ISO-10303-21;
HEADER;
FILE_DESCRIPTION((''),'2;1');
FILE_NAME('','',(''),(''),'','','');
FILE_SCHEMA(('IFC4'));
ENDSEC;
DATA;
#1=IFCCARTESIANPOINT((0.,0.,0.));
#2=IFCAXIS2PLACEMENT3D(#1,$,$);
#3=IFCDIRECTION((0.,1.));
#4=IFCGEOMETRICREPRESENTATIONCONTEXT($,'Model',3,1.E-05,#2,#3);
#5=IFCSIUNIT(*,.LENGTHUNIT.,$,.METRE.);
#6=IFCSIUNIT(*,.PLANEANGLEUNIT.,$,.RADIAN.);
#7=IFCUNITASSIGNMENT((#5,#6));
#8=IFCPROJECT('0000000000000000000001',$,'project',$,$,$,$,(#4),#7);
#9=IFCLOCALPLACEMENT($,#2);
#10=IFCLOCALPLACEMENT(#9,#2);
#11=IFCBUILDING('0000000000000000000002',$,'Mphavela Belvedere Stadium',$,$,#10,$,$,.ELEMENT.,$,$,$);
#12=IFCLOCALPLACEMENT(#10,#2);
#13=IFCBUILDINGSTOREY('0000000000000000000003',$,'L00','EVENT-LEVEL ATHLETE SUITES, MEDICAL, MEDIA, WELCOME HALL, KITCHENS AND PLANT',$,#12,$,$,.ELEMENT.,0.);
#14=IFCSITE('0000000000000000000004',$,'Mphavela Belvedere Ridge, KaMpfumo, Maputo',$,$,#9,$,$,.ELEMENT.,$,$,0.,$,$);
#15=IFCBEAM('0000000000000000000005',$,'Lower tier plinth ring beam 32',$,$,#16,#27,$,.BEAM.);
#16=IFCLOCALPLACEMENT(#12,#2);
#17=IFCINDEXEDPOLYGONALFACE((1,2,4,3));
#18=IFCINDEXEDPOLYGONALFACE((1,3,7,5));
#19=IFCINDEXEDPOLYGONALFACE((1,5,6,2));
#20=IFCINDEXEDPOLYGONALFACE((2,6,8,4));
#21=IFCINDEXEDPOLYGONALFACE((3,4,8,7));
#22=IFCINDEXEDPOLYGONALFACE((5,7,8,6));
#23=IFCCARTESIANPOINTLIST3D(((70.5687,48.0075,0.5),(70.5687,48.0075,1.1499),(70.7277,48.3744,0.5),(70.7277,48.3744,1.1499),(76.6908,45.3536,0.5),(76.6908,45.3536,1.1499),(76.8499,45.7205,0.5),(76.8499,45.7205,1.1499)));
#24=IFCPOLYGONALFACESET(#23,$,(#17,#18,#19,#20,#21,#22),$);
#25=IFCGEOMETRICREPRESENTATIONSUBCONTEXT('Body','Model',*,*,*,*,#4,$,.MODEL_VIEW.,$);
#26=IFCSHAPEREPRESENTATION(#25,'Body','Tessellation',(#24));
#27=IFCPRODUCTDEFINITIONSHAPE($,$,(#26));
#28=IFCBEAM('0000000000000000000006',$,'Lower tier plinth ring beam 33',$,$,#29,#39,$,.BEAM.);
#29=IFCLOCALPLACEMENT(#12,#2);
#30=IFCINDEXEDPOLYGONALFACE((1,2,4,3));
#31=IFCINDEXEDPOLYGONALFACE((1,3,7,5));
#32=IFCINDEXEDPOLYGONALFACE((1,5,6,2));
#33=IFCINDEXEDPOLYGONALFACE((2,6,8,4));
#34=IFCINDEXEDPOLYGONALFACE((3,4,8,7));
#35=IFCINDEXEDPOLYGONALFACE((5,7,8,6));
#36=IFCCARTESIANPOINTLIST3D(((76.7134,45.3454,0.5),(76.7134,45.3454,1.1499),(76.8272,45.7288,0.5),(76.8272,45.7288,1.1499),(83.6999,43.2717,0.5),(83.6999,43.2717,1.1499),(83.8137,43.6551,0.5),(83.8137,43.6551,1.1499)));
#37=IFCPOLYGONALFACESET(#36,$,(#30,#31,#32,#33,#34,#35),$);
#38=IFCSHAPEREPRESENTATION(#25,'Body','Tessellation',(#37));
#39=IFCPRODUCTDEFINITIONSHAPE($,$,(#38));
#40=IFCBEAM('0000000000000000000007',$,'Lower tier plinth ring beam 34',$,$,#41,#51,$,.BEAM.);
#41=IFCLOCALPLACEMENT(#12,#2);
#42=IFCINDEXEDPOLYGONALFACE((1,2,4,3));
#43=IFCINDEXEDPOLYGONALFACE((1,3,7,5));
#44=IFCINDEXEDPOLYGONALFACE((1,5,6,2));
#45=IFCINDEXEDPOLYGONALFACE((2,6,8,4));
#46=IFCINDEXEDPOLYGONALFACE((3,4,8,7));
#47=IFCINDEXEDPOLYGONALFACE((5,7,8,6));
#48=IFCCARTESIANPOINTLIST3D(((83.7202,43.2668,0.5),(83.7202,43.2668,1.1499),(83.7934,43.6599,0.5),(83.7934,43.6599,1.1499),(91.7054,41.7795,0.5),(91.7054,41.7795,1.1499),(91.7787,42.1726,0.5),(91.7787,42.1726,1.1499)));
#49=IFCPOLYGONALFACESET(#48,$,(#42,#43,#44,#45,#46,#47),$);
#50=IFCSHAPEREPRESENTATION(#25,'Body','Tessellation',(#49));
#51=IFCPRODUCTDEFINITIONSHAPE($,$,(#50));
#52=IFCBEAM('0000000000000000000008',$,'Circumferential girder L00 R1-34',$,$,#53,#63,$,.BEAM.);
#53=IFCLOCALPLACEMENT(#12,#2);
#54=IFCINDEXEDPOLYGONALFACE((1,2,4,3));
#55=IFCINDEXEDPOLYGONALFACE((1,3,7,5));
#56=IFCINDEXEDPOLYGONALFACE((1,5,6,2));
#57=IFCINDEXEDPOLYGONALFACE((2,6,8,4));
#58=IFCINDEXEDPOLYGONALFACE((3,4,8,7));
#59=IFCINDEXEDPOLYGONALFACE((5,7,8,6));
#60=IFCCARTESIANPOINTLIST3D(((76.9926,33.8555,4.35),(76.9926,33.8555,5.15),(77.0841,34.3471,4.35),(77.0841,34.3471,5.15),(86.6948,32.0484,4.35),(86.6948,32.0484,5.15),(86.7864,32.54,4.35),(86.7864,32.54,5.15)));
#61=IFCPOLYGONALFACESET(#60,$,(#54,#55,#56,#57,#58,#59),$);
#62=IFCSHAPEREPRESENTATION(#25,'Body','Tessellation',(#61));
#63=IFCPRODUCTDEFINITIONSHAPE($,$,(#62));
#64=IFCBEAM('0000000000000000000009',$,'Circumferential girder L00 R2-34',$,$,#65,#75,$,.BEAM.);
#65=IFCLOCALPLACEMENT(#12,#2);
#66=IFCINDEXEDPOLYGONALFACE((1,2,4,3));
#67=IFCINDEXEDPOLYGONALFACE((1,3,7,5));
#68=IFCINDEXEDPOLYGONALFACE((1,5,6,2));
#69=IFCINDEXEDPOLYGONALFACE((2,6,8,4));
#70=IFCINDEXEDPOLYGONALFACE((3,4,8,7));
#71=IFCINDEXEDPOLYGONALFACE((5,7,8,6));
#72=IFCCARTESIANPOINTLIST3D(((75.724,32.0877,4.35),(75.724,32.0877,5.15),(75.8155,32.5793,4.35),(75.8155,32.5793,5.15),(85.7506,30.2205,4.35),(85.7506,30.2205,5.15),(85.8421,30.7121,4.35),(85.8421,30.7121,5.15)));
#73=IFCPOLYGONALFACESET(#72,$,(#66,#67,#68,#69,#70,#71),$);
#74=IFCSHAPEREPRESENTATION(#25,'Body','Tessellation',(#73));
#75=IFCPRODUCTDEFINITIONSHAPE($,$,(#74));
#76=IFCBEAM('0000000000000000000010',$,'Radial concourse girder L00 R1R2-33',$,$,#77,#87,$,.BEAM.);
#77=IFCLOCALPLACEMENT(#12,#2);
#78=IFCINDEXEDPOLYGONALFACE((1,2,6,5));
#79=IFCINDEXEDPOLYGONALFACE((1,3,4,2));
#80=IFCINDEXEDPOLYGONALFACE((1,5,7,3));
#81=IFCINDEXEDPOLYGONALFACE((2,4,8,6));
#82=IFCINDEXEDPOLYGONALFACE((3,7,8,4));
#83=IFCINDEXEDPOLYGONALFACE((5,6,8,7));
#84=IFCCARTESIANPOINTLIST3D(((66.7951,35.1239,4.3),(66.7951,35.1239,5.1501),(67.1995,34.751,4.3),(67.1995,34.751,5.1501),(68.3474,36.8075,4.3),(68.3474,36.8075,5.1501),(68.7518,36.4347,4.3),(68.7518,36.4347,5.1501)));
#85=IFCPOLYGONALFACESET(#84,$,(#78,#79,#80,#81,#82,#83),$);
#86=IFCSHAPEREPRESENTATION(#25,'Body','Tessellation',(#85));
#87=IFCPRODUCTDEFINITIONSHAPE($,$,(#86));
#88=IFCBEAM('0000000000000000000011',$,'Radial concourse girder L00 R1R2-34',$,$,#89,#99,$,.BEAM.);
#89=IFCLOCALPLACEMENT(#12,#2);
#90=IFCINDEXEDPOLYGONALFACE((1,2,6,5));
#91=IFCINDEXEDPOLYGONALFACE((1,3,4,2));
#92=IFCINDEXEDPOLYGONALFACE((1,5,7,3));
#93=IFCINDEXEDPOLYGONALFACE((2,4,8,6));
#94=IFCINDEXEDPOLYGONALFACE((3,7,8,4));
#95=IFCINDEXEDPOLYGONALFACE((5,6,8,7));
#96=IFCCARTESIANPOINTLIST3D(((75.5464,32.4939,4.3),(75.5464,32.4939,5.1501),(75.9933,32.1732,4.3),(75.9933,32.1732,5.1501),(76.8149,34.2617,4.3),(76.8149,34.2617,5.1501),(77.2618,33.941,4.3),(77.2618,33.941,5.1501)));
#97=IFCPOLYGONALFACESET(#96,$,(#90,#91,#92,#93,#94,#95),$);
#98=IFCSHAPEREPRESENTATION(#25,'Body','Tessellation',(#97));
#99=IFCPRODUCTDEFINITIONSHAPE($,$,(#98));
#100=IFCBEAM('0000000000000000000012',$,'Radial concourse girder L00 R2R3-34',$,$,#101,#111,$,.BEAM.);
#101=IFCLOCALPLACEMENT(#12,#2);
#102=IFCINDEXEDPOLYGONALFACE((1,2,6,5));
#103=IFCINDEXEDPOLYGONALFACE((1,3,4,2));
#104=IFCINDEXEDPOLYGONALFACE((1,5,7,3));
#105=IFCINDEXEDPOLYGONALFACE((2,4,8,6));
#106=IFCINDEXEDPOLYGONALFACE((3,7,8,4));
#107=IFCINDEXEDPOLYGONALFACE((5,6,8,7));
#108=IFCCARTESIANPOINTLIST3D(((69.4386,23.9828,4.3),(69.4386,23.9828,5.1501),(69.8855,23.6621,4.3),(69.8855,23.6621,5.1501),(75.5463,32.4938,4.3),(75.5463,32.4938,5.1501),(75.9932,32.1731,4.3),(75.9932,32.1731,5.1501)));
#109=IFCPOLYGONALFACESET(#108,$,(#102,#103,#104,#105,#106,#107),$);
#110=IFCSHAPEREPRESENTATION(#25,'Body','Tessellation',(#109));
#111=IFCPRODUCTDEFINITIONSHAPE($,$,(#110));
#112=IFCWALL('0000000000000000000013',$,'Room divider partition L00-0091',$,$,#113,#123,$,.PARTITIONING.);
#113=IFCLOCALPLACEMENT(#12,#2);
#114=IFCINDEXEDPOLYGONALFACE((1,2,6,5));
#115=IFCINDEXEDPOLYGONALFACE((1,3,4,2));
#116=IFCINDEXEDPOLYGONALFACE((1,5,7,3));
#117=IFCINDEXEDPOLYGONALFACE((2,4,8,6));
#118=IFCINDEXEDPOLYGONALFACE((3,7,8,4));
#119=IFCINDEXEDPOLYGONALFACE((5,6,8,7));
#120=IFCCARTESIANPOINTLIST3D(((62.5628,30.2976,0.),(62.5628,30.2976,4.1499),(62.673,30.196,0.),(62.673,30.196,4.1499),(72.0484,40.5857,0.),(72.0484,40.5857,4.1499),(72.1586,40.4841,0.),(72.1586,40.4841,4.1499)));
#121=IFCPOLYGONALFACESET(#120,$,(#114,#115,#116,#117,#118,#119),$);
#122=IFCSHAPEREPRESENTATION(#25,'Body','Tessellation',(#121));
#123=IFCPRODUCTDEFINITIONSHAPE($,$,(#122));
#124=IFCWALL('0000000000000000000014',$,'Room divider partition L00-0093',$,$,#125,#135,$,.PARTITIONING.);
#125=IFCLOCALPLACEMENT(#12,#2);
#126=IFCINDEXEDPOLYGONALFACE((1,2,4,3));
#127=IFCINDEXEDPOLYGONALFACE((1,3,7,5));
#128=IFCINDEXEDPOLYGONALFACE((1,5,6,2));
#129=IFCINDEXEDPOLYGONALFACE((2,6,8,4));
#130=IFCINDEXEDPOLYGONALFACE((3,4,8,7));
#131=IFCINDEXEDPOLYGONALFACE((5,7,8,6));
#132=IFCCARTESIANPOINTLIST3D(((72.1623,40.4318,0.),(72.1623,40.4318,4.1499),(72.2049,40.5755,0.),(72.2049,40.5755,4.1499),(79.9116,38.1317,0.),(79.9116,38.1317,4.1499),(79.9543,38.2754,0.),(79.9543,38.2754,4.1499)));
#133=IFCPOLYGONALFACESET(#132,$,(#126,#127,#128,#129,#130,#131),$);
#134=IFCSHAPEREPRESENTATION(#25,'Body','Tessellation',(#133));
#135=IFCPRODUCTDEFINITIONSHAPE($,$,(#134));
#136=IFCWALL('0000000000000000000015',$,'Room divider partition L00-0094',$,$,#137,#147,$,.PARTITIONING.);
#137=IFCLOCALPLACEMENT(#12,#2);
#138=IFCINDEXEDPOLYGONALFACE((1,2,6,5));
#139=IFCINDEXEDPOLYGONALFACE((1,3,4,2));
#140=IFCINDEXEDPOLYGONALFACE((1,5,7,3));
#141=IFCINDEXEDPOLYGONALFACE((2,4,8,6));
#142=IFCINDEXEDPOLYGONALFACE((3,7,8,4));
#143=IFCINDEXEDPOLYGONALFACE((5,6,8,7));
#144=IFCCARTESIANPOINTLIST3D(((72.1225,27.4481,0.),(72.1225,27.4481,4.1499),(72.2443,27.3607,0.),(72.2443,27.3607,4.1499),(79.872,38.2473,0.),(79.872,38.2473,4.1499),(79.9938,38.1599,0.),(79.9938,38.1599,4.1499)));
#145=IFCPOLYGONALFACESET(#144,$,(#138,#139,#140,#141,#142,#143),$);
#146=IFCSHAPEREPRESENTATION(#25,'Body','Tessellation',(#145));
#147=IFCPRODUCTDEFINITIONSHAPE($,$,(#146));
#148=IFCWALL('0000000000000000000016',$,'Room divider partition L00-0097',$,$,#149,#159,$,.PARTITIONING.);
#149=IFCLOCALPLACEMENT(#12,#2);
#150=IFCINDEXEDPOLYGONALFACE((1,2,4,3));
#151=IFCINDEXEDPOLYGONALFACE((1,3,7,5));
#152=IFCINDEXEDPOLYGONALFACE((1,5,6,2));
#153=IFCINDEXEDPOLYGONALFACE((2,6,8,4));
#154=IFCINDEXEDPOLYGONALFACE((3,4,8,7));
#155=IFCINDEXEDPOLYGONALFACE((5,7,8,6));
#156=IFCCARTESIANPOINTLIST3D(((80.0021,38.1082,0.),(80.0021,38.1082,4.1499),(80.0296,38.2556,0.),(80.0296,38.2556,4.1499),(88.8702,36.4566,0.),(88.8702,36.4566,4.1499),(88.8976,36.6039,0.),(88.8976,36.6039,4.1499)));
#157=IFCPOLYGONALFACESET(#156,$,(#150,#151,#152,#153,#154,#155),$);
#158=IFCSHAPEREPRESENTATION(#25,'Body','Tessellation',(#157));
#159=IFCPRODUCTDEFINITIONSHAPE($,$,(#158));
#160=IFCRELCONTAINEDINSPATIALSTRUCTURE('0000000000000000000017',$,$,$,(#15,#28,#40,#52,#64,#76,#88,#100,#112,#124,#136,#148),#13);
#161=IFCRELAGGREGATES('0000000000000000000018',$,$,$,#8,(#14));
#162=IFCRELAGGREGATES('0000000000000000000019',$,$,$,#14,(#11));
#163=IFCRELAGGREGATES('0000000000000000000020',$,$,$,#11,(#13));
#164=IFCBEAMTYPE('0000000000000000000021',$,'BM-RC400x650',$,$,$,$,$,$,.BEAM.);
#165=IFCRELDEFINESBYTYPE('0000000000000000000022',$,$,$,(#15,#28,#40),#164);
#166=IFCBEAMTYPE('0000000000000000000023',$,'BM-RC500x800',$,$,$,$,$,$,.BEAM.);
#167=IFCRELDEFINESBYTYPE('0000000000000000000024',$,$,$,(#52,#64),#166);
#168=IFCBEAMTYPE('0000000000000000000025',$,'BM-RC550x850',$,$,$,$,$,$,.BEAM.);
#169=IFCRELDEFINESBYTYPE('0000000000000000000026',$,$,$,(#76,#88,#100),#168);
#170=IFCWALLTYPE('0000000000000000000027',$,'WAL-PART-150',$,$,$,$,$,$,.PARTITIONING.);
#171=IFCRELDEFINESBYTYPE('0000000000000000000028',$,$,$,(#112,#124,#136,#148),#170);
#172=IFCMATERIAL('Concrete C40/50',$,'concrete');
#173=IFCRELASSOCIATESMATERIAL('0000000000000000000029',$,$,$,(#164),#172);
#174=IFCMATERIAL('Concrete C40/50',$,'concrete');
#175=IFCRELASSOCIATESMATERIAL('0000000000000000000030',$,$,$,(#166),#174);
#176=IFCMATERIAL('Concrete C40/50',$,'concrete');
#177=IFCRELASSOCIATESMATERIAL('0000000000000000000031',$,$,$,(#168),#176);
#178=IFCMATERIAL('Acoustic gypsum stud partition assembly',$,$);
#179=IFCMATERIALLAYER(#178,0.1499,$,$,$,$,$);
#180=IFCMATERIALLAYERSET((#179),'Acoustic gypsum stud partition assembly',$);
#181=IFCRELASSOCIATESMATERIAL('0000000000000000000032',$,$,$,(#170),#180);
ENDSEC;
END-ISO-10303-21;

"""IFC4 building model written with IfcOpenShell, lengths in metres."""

from ifc_helpers import new_model, si_unit, direction, frame, frame_2d, origin, origin_2d, place, context, subcontext, project, spatial, rectangle, extrude, material, layer, layer_set, material_profile, profile_set, type_object, element, save


model = new_model("IFC4")

# Units and contexts
model_context = context("Model", 3, precision=1e-05, world=origin(), true_north=direction((0.0, 1.0)))
body_context = subcontext(model_context, "Body", "Model", "MODEL_VIEW")
ifc_project = project(units=[si_unit("LENGTHUNIT", "METRE"), si_unit("PLANEANGLEUNIT", "RADIAN")], contexts=[model_context])

# Site, building, storey
site_placement = place(None, origin())
site = spatial("IfcSite", under=ifc_project, at=site_placement, Name="Mphavela Belvedere Ridge, KaMpfumo, Maputo", CompositionType="ELEMENT", RefElevation=0.0)
building_placement = place(site_placement, origin())
building = spatial("IfcBuilding", under=site, at=building_placement, Name="Mphavela Belvedere Stadium", CompositionType="ELEMENT")
storey_placement = place(building_placement, origin())
storey = spatial("IfcBuildingStorey", under=building, at=storey_placement, Name="L00", Description="EVENT-LEVEL ATHLETE SUITES, MEDICAL, MEDIA, WELCOME HALL, KITCHENS AND PLANT", CompositionType="ELEMENT", Elevation=0.0)

# Beams
ifc_material_1 = material(Name="Concrete C40/50", Category="concrete")
ifc_material_profile_1 = material_profile(ifc_material_1, rectangle(XDim=0.3999, YDim=0.6499, at=origin_2d()), Name="RC 400x650")
ifc_profile_set_1 = profile_set([ifc_material_profile_1], Name="Concrete C40/50")
beam_type_1 = type_object("IfcBeamType", Name="BM-RC400x650", PredefinedType="BEAM", material=ifc_profile_set_1)
beam_1_placement = place(storey_placement, frame((70.6482, 48.1909, 0.825), z_axis=(0.917506, -0.397722, 0.0), x_axis=(0.397722, 0.917506, 0.0)))
element("IfcBeam", 1, at=beam_1_placement, inside=storey, type_object=beam_type_1, Name="Lower tier plinth ring beam 32", PredefinedType="BEAM", context=body_context, shape_type="SweptSolid", body=[
    extrude(rectangle(XDim=0.3999, YDim=0.6499, at=origin_2d()), origin(), (0.0, 0.0, 1.0), 6.6726),
])
beam_2_placement = place(storey_placement, frame((76.7703, 45.5371, 0.825), z_axis=(0.958662, -0.284547, 0.0), x_axis=(0.284547, 0.958662, 0.0)))
element("IfcBeam", 2, at=beam_2_placement, inside=storey, type_object=beam_type_1, Name="Lower tier plinth ring beam 33", PredefinedType="BEAM", context=body_context, shape_type="SweptSolid", body=[
    extrude(rectangle(XDim=0.3999, YDim=0.6499, at=origin_2d()), origin(), (0.0, 0.0, 1.0), 7.2878),
])
beam_3_placement = place(storey_placement, frame((83.7568, 43.4634, 0.825), z_axis=(0.983092, -0.183111, 0.0), x_axis=(0.183111, 0.983092, 0.0)))
element("IfcBeam", 3, at=beam_3_placement, inside=storey, type_object=beam_type_1, Name="Lower tier plinth ring beam 34", PredefinedType="BEAM", context=body_context, shape_type="SweptSolid", body=[
    extrude(rectangle(XDim=0.3999, YDim=0.6499, at=origin_2d()), origin(), (0.0, 0.0, 1.0), 8.1226),
])
ifc_material_2 = material(Name="Concrete C40/50", Category="concrete")
ifc_material_profile_2 = material_profile(ifc_material_2, rectangle(XDim=0.5, YDim=0.8, at=origin_2d()), Name="RC 500x800")
ifc_profile_set_2 = profile_set([ifc_material_profile_2], Name="Concrete C40/50")
beam_type_2 = type_object("IfcBeamType", Name="BM-RC500x800", PredefinedType="BEAM", material=ifc_profile_set_2)
beam_4_placement = place(storey_placement, frame((77.0383, 34.1013, 4.75), z_axis=(0.983093, -0.183107, 0.0), x_axis=(0.183107, 0.983093, 0.0)))
element("IfcBeam", 4, at=beam_4_placement, inside=storey, type_object=beam_type_2, Name="Circumferential girder L00 R1-34", PredefinedType="BEAM", context=body_context, shape_type="SweptSolid", body=[
    extrude(rectangle(XDim=0.5, YDim=0.8, at=origin_2d()), origin(), (0.0, 0.0, 1.0), 9.8691),
])
beam_5_placement = place(storey_placement, frame((75.7698, 32.3335, 4.75), z_axis=(0.983099, -0.183076, 0.0), x_axis=(0.183076, 0.983099, 0.0)))
element("IfcBeam", 5, at=beam_5_placement, inside=storey, type_object=beam_type_2, Name="Circumferential girder L00 R2-34", PredefinedType="BEAM", context=body_context, shape_type="SweptSolid", body=[
    extrude(rectangle(XDim=0.5, YDim=0.8, at=origin_2d()), origin(), (0.0, 0.0, 1.0), 10.199),
])
ifc_material_3 = material(Name="Concrete C40/50", Category="concrete")
ifc_material_profile_3 = material_profile(ifc_material_3, rectangle(XDim=0.55, YDim=0.8501, at=origin_2d()), Name="RC 550x850")
ifc_profile_set_3 = profile_set([ifc_material_profile_3], Name="Concrete C40/50")
beam_type_3 = type_object("IfcBeamType", Name="BM-RC550x850", PredefinedType="BEAM", material=ifc_profile_set_3)
beam_6_placement = place(storey_placement, frame((68.5496, 36.6211, 4.7251), z_axis=(-0.677846, -0.735204, 0.0), x_axis=(0.735204, -0.677846, 0.0)))
element("IfcBeam", 6, at=beam_6_placement, inside=storey, type_object=beam_type_3, Name="Radial concourse girder L00 R1R2-33", PredefinedType="BEAM", context=body_context, shape_type="SweptSolid", body=[
    extrude(rectangle(XDim=0.55, YDim=0.8501, at=origin_2d()), origin(), (0.0, 0.0, 1.0), 2.29),
])
beam_7_placement = place(storey_placement, frame((77.0383, 34.1013, 4.7251), z_axis=(-0.583009, -0.812465, 0.0), x_axis=(0.812465, -0.583009, 0.0)))
element("IfcBeam", 7, at=beam_7_placement, inside=storey, type_object=beam_type_3, Name="Radial concourse girder L00 R1R2-34", PredefinedType="BEAM", context=body_context, shape_type="SweptSolid", body=[
    extrude(rectangle(XDim=0.55, YDim=0.8501, at=origin_2d()), origin(), (0.0, 0.0, 1.0), 2.1758),
])
beam_8_placement = place(storey_placement, frame((75.7698, 32.3335, 4.7251), z_axis=(-0.583031, -0.81245, 0.0), x_axis=(0.81245, -0.583031, 0.0)))
element("IfcBeam", 8, at=beam_8_placement, inside=storey, type_object=beam_type_3, Name="Radial concourse girder L00 R2R3-34", PredefinedType="BEAM", context=body_context, shape_type="SweptSolid", body=[
    extrude(rectangle(XDim=0.55, YDim=0.8501, at=origin_2d()), origin(), (0.0, 0.0, 1.0), 10.4758),
])

# Walls
ifc_material_4 = material(Name="Acoustic gypsum stud partition assembly")
ifc_layer = layer(ifc_material_4, 0.1499)
ifc_layer_set = layer_set([ifc_layer], Name="Acoustic gypsum stud partition assembly")
wall_type = type_object("IfcWallType", Name="WAL-PART-150", PredefinedType="PARTITIONING", material=ifc_layer_set)
wall_1_placement = place(storey_placement, frame((72.1035, 40.5349, 0.0), z_axis=(0.0, 0.0, 1.0), x_axis=(-0.677852, -0.735199, 0.0)))
element("IfcWall", 9, at=wall_1_placement, inside=storey, type_object=wall_type, Name="Room divider partition L00-0091", PredefinedType="PARTITIONING", context=body_context, shape_type="SweptSolid", body=[
    extrude(rectangle(XDim=13.9937, YDim=0.1499, at=frame_2d((6.9968, 0.0))), origin(), (0.0, 0.0, 1.0), 4.1499),
])
wall_2_placement = place(storey_placement, frame((72.1836, 40.5037, 0.0), z_axis=(0.0, 0.0, 1.0), x_axis=(0.958664, -0.28454, 0.0)))
element("IfcWall", 10, at=wall_2_placement, inside=storey, type_object=wall_type, Name="Room divider partition L00-0093", PredefinedType="PARTITIONING", context=body_context, shape_type="SweptSolid", body=[
    extrude(rectangle(XDim=8.0835, YDim=0.1499, at=frame_2d((4.0417, 0.0))), origin(), (0.0, 0.0, 1.0), 4.1499),
])
wall_3_placement = place(storey_placement, frame((79.9329, 38.2036, 0.0), z_axis=(0.0, 0.0, 1.0), x_axis=(-0.583016, -0.812461, 0.0)))
element("IfcWall", 11, at=wall_3_placement, inside=storey, type_object=wall_type, Name="Room divider partition L00-0094", PredefinedType="PARTITIONING", context=body_context, shape_type="SweptSolid", body=[
    extrude(rectangle(XDim=13.292, YDim=0.1499, at=frame_2d((6.646, 0.0))), origin(), (0.0, 0.0, 1.0), 4.1499),
])
wall_4_placement = place(storey_placement, frame((80.0159, 38.1819, 0.0), z_axis=(0.0, 0.0, 1.0), x_axis=(0.983095, -0.183097, 0.0)))
element("IfcWall", 12, at=wall_4_placement, inside=storey, type_object=wall_type, Name="Room divider partition L00-0097", PredefinedType="PARTITIONING", context=body_context, shape_type="SweptSolid", body=[
    extrude(rectangle(XDim=9.0205, YDim=0.1499, at=frame_2d((4.5103, 0.0))), origin(), (0.0, 0.0, 1.0), 4.1499),
])

save(model, "model.ifc")
